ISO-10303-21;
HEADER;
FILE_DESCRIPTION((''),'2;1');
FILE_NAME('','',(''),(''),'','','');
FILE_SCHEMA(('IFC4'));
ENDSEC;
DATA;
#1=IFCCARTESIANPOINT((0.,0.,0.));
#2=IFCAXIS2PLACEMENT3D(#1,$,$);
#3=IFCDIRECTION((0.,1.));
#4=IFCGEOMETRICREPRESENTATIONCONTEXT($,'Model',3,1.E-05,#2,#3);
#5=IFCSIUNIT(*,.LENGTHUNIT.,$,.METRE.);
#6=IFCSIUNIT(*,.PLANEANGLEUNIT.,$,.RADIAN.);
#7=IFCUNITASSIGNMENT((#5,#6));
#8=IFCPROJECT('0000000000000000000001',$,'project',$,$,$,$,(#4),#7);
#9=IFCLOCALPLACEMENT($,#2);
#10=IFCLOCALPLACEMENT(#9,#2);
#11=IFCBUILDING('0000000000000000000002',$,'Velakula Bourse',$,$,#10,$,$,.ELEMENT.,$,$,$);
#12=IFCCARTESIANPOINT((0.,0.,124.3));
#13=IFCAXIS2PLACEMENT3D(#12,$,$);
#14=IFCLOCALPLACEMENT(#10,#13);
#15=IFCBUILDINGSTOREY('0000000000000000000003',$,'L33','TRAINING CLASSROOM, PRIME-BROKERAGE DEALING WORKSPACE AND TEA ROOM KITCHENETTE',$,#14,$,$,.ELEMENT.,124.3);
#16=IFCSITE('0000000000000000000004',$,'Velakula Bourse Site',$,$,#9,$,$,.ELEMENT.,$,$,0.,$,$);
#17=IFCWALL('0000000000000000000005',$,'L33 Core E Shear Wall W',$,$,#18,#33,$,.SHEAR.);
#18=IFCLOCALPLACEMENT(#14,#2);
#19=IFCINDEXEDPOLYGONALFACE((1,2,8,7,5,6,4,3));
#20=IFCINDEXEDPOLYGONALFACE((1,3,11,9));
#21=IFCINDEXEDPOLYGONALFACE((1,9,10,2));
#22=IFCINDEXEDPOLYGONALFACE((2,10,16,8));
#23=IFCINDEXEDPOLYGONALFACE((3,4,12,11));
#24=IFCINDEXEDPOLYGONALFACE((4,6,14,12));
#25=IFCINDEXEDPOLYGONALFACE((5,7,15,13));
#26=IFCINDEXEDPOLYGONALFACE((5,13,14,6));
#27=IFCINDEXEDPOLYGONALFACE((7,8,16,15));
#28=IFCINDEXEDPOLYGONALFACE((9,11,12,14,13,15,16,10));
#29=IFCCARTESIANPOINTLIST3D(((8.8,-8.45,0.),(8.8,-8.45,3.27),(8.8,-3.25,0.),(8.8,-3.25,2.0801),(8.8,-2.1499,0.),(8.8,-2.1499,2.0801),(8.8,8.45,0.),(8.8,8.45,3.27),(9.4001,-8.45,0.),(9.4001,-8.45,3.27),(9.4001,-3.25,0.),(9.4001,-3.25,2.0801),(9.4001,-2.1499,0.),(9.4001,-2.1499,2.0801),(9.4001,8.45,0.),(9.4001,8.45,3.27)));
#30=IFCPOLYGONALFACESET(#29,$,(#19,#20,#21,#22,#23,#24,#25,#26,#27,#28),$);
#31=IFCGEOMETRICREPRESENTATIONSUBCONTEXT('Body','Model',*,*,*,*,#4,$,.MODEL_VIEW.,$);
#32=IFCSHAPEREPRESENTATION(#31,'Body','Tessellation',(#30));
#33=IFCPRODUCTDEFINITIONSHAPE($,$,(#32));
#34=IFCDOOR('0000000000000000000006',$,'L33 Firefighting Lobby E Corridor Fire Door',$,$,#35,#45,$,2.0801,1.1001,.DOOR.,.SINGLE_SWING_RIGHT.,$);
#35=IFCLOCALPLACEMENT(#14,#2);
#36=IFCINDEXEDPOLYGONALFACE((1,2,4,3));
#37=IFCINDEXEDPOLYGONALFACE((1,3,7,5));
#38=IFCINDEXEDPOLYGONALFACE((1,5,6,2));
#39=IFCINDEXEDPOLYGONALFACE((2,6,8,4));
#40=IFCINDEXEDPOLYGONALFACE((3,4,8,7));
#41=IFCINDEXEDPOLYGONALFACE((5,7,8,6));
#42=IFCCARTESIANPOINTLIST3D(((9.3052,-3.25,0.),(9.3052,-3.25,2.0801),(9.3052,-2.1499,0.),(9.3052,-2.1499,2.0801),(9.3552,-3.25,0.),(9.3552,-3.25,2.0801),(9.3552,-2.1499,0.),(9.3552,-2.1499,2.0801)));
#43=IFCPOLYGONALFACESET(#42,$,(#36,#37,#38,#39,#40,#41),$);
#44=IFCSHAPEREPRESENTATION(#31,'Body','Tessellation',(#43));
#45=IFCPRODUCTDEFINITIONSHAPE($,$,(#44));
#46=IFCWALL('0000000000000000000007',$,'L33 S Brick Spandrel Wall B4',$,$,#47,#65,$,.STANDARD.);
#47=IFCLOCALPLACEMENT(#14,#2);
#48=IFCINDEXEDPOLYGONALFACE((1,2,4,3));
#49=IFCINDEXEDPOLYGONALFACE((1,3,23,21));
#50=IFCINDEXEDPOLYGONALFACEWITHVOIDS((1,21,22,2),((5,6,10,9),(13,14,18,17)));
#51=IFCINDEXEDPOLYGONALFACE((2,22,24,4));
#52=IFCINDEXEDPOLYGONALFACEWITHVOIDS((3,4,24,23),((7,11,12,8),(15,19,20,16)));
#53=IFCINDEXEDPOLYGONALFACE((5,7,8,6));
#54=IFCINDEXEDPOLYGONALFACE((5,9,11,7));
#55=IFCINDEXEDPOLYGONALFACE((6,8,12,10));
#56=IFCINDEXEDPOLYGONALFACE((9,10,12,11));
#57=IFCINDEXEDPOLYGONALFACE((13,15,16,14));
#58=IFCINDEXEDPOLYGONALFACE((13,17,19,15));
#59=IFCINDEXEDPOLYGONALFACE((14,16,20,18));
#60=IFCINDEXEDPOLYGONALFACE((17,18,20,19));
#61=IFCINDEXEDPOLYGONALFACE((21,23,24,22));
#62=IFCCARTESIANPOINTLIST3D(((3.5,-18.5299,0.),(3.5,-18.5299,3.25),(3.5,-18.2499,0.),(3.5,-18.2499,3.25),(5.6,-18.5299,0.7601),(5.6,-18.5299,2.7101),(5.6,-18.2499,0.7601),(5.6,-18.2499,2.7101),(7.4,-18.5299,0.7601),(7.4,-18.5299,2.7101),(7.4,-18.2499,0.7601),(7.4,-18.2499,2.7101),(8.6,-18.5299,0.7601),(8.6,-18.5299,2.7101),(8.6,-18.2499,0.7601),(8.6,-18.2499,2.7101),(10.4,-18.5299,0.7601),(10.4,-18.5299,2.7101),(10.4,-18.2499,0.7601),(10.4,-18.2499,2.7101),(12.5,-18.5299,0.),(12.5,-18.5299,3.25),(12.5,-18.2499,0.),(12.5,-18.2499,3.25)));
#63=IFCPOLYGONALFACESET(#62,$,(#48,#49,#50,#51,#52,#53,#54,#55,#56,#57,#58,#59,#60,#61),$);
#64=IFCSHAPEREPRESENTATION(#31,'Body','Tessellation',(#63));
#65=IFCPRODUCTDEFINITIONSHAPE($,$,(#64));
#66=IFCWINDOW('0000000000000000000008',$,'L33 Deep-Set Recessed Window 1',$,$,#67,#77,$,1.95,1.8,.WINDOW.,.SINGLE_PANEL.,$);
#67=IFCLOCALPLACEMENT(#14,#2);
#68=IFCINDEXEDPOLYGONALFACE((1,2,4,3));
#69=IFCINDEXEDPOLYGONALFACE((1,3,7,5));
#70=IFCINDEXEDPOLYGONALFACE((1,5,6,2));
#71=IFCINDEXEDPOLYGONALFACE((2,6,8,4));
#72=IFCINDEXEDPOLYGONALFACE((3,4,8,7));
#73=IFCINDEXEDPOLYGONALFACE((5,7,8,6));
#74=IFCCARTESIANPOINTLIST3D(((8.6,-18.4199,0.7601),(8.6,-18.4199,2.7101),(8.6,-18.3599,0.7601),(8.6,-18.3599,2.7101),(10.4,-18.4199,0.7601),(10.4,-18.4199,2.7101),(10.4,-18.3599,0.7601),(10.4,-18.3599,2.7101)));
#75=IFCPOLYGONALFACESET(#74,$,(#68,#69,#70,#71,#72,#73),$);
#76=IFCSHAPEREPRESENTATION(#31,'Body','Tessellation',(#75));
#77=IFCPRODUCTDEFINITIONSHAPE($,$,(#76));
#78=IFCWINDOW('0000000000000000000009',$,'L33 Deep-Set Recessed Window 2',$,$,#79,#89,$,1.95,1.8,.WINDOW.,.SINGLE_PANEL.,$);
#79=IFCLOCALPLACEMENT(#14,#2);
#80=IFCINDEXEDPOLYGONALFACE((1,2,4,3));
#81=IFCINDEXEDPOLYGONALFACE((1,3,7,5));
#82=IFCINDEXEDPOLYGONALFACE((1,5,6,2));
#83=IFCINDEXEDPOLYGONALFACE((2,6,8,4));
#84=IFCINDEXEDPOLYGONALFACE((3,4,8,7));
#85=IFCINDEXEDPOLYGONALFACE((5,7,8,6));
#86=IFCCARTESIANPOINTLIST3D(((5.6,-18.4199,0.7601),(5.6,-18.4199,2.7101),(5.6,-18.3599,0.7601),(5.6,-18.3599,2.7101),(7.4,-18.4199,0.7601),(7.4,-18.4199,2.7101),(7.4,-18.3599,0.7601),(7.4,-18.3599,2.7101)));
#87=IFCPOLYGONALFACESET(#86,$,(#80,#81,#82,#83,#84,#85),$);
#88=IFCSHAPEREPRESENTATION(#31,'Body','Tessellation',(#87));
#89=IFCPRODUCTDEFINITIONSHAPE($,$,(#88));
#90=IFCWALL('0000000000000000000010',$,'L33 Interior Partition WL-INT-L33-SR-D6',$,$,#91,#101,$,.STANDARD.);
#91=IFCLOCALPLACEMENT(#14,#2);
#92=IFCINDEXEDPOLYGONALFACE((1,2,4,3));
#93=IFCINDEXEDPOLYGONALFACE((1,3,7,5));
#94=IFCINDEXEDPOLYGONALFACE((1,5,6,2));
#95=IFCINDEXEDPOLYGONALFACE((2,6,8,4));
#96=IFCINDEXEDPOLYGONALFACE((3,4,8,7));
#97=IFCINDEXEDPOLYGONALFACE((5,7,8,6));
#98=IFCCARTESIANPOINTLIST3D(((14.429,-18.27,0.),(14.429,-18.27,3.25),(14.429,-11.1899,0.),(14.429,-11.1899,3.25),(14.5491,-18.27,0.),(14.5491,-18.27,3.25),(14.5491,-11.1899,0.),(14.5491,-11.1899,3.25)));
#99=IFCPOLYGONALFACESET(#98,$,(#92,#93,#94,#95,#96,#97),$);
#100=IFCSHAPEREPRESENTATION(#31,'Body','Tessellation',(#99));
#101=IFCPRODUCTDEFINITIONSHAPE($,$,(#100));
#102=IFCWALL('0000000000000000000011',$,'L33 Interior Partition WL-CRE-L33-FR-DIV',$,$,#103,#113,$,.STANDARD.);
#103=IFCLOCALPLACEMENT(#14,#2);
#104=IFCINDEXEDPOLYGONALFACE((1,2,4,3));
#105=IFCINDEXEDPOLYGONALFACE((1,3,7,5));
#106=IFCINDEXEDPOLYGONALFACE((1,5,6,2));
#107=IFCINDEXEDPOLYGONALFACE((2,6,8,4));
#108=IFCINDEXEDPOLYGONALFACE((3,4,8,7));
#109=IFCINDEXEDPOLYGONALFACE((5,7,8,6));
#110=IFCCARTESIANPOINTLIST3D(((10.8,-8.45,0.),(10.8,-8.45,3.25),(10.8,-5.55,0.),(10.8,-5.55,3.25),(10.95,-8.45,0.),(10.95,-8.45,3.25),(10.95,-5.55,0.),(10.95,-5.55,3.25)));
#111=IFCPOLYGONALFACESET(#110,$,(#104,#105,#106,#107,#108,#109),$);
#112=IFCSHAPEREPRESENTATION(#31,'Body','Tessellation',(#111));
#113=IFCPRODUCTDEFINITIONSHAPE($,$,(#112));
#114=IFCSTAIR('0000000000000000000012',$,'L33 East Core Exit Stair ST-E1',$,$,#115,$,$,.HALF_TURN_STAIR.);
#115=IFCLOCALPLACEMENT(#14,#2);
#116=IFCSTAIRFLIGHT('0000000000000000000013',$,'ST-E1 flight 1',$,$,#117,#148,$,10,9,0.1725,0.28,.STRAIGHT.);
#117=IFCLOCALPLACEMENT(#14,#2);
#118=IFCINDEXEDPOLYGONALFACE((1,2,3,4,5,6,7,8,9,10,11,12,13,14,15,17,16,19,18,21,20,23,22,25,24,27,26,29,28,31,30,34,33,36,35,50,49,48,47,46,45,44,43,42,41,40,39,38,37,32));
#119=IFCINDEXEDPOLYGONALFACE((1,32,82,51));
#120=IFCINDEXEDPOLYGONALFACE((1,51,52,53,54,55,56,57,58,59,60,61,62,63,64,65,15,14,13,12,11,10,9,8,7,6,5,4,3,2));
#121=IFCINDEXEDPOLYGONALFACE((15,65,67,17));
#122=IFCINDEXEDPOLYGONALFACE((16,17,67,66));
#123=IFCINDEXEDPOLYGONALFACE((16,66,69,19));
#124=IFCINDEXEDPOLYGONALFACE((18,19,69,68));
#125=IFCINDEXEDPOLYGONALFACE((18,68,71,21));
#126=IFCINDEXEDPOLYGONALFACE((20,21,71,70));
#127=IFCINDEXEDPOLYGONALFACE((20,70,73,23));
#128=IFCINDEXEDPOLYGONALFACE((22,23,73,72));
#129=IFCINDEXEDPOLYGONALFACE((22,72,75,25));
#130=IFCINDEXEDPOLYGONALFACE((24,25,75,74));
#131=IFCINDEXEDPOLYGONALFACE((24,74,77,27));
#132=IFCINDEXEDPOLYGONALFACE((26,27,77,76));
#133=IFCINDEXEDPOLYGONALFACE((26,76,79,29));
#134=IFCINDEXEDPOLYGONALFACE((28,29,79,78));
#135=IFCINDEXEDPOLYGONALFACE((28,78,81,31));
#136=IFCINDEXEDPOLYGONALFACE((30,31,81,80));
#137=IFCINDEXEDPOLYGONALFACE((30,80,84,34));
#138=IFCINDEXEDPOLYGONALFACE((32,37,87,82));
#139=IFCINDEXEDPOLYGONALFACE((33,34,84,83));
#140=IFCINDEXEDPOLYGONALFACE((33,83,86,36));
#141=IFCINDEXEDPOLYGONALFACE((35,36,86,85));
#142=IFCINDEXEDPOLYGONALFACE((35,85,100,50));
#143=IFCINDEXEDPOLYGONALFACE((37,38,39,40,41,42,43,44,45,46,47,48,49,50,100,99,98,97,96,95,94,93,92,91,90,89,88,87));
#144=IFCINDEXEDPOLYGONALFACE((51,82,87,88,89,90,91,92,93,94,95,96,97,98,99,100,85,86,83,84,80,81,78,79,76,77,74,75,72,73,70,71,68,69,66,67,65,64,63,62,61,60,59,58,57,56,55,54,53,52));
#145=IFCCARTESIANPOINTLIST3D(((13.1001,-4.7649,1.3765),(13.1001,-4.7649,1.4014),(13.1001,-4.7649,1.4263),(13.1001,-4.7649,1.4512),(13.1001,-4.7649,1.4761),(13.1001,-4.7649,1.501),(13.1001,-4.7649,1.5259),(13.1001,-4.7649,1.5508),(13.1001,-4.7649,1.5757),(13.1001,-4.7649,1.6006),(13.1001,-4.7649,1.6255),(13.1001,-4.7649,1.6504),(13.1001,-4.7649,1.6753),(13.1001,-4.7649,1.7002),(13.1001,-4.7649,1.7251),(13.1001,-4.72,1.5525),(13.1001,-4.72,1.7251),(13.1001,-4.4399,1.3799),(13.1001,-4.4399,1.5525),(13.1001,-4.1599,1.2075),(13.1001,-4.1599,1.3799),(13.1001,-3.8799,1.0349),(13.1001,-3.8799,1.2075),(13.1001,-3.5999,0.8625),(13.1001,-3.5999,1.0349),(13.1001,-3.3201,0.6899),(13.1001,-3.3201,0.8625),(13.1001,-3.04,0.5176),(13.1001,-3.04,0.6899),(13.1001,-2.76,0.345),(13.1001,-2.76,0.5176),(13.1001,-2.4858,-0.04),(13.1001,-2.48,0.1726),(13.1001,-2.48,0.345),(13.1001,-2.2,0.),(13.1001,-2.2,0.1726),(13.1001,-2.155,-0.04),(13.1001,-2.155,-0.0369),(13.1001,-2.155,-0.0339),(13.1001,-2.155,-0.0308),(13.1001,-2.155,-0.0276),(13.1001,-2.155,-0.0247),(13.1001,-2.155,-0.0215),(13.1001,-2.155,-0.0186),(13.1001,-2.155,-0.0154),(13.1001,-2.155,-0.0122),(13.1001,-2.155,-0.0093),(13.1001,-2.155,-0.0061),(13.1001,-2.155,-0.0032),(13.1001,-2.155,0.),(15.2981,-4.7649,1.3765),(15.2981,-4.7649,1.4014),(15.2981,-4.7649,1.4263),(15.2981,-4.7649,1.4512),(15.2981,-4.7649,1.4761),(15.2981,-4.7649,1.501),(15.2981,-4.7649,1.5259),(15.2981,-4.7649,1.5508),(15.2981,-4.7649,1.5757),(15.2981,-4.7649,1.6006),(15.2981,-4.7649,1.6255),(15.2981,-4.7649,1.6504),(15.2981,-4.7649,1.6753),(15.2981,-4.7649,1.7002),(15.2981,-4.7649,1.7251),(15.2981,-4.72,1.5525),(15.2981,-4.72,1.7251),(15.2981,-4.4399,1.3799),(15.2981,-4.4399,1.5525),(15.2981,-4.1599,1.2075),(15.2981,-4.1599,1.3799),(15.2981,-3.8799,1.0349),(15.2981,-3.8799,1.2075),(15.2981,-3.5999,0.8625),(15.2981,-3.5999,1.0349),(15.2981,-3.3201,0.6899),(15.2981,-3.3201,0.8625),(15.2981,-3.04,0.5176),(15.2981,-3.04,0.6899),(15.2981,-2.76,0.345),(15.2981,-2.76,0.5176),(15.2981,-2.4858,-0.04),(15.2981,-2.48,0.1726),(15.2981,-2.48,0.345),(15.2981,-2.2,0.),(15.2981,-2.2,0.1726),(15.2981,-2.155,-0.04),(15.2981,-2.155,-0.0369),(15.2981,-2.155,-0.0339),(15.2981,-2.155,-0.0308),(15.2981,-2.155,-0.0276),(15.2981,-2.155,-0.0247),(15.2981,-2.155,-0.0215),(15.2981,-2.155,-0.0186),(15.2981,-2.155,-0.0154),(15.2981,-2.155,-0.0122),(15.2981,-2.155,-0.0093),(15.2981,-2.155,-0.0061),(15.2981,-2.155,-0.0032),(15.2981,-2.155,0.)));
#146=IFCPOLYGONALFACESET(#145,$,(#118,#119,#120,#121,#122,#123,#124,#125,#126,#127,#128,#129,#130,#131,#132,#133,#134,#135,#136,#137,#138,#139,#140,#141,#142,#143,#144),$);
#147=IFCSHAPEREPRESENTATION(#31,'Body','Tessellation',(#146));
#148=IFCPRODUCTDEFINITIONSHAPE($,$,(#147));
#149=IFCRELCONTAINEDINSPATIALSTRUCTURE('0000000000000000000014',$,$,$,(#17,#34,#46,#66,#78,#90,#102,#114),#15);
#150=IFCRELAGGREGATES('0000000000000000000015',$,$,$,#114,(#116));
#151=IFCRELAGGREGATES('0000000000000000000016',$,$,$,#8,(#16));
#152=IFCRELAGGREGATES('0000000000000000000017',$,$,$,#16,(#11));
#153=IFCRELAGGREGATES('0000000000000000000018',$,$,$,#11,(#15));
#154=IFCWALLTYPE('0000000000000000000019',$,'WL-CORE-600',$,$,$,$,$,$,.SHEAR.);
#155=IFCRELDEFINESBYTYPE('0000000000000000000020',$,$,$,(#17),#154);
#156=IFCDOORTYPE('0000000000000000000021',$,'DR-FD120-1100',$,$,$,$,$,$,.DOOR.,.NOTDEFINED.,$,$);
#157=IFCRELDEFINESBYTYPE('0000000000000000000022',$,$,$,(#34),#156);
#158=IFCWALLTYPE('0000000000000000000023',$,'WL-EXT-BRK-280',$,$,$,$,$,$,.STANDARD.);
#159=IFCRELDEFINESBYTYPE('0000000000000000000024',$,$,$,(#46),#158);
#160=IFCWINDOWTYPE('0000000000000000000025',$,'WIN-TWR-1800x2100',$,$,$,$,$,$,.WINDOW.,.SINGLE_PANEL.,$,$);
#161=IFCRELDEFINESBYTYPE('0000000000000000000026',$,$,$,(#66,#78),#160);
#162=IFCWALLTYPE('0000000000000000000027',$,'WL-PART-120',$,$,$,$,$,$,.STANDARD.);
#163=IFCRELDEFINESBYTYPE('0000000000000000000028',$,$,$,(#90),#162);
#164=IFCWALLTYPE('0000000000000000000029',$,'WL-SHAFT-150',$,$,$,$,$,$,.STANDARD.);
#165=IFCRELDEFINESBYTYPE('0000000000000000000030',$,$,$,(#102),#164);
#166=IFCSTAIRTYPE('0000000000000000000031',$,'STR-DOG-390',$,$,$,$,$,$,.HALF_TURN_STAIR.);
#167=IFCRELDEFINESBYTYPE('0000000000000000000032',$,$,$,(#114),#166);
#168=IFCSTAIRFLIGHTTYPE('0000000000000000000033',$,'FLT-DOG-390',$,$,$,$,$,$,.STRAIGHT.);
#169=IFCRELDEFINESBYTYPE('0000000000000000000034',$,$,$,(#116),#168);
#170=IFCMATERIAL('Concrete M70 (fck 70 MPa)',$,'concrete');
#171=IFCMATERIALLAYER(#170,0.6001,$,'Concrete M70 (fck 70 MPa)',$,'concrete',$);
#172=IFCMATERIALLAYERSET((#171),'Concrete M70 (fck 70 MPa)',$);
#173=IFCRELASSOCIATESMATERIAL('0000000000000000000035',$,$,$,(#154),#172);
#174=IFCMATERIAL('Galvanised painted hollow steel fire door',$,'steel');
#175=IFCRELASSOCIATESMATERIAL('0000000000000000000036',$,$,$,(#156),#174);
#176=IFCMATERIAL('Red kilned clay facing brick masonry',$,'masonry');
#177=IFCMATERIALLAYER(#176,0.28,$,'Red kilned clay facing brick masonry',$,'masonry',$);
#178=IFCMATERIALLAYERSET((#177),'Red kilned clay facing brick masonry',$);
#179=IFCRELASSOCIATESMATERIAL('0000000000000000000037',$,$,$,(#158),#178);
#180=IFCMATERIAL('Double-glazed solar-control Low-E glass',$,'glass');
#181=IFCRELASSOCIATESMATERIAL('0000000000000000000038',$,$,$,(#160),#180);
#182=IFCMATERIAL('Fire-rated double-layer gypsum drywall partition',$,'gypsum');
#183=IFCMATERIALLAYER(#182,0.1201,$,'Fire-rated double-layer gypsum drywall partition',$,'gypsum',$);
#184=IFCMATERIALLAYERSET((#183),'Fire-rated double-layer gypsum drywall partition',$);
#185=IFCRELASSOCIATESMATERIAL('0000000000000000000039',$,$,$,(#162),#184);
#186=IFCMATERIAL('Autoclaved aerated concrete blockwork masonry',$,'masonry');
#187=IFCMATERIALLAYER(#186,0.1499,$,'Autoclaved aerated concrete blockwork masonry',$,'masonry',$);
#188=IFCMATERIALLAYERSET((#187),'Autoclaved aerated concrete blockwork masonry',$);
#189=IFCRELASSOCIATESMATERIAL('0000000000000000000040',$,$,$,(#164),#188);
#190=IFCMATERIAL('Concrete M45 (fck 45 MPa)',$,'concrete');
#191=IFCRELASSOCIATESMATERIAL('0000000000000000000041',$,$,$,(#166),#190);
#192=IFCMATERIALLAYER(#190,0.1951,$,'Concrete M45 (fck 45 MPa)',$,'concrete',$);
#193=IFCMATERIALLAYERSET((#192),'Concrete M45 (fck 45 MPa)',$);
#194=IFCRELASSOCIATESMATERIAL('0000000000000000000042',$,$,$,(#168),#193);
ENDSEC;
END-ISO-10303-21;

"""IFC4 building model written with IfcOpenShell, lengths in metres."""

from ifc_helpers import new_model, si_unit, direction, frame, frame_2d, origin, place, context, subcontext, project, spatial, polyline, rectangle, outline, extrude, material, layer, layer_set, type_object, element, fill, aggregate, save


model = new_model("IFC4")

# Units and contexts
model_context = context("Model", 3, precision=1e-05, world=origin(), true_north=direction((0.0, 1.0)))
body_context = subcontext(model_context, "Body", "Model", "MODEL_VIEW")
ifc_project = project(units=[si_unit("LENGTHUNIT", "METRE"), si_unit("PLANEANGLEUNIT", "RADIAN")], contexts=[model_context])

# Site, building, storey
site_placement = place(None, origin())
site = spatial("IfcSite", under=ifc_project, at=site_placement, Name="Velakula Bourse Site", CompositionType="ELEMENT", RefElevation=0.0)
building_placement = place(site_placement, origin())
building = spatial("IfcBuilding", under=site, at=building_placement, Name="Velakula Bourse", CompositionType="ELEMENT")
storey_placement = place(building_placement, frame((0.0, 0.0, 124.3)))
storey = spatial("IfcBuildingStorey", under=building, at=storey_placement, Name="L33", Description="TRAINING CLASSROOM, PRIME-BROKERAGE DEALING WORKSPACE AND TEA ROOM KITCHENETTE", CompositionType="ELEMENT", Elevation=124.3)

# Shared definitions
ifc_material_1 = material(Name="Galvanised painted hollow steel fire door", Category="steel")

# Wall, opening, door
ifc_material_2 = material(Name="Concrete M70 (fck 70 MPa)", Category="concrete")
ifc_layer_1 = layer(ifc_material_2, 0.6001, Name="Concrete M70 (fck 70 MPa)", Category="concrete")
ifc_layer_set_1 = layer_set([ifc_layer_1], Name="Concrete M70 (fck 70 MPa)")
wall_type_1 = type_object("IfcWallType", Name="WL-CORE-600", PredefinedType="SHEAR", material=ifc_layer_set_1)
wall_1_placement = place(storey_placement, frame((9.1001, -8.45, 0.0), z_axis=(0.0, 0.0, 1.0), x_axis=(0.0, 1.0, 0.0)))
wall_1 = element("IfcWall", 1, at=wall_1_placement, inside=storey, type_object=wall_type_1, Name="L33 Core E Shear Wall W", PredefinedType="SHEAR", context=body_context, shape_type="SweptSolid", body=[
    extrude(rectangle(XDim=16.8999, YDim=0.6001, at=frame_2d((8.45, 0.0))), origin(), (0.0, 0.0, 1.0), 3.27),
])
opening_1_placement = place(wall_1_placement, frame((5.2, 0.0, 0.0)))
opening_1 = element("IfcOpeningElement", 2, at=opening_1_placement, cuts=wall_1, PredefinedType="OPENING", context=body_context, shape_type="SweptSolid", body=[
    extrude(rectangle(XDim=1.1001, YDim=2.0801, at=frame_2d((0.55, 1.04))), frame((0.0, 0.3101, 0.0), z_axis=(0.0, -1.0, 0.0), x_axis=(1.0, 0.0, 0.0)), (0.0, 0.0, 1.0), 0.6201),
])
door_type_1 = type_object("IfcDoorType", Name="DR-FD120-1100", OperationType="NOTDEFINED", PredefinedType="DOOR", material=ifc_material_1)
door_1_placement = place(opening_1_placement, origin())
door_1 = element("IfcDoor", 3, at=door_1_placement, inside=storey, type_object=door_type_1, Name="L33 Firefighting Lobby E Corridor Fire Door", OperationType="SINGLE_SWING_RIGHT", OverallHeight=2.0801, OverallWidth=1.1001, PredefinedType="DOOR", context=body_context, shape_type="SweptSolid", body=[
    extrude(rectangle(XDim=1.1001, YDim=2.0801, at=frame_2d((0.55, 1.04))), frame((0.0, -0.2051, 0.0), z_axis=(0.0, -1.0, 0.0), x_axis=(1.0, 0.0, 0.0)), (0.0, 0.0, 1.0), 0.05),
])
fill(opening_1, door_1)

# Wall, openings, windows
ifc_material_3 = material(Name="Red kilned clay facing brick masonry", Category="masonry")
ifc_layer_2 = layer(ifc_material_3, 0.28, Name="Red kilned clay facing brick masonry", Category="masonry")
ifc_layer_set_2 = layer_set([ifc_layer_2], Name="Red kilned clay facing brick masonry")
wall_type_2 = type_object("IfcWallType", Name="WL-EXT-BRK-280", PredefinedType="STANDARD", material=ifc_layer_set_2)
wall_2_placement = place(storey_placement, frame((12.5, -18.3899, 0.0), z_axis=(0.0, 0.0, 1.0), x_axis=(-1.0, 0.0, 0.0)))
wall_2 = element("IfcWall", 4, at=wall_2_placement, inside=storey, type_object=wall_type_2, Name="L33 S Brick Spandrel Wall B4", PredefinedType="STANDARD", context=body_context, shape_type="SweptSolid", body=[
    extrude(rectangle(XDim=9.0, YDim=0.28, at=frame_2d((4.5, 0.0))), origin(), (0.0, 0.0, 1.0), 3.25),
])
opening_2_placement = place(wall_2_placement, frame((2.1001, 0.0, 0.76)))
opening_2 = element("IfcOpeningElement", 5, at=opening_2_placement, cuts=wall_2, PredefinedType="OPENING", context=body_context, shape_type="SweptSolid", body=[
    extrude(rectangle(XDim=1.8, YDim=1.95, at=frame_2d((0.8999, 0.9751))), frame((0.0, 0.1499, 0.0), z_axis=(0.0, -1.0, 0.0), x_axis=(1.0, 0.0, 0.0)), (0.0, 0.0, 1.0), 0.3),
])
opening_3_placement = place(wall_2_placement, frame((5.1001, 0.0, 0.76)))
opening_3 = element("IfcOpeningElement", 6, at=opening_3_placement, cuts=wall_2, PredefinedType="OPENING", context=body_context, shape_type="SweptSolid", body=[
    extrude(rectangle(XDim=1.8, YDim=1.95, at=frame_2d((0.8999, 0.9751))), frame((0.0, 0.1499, 0.0), z_axis=(0.0, -1.0, 0.0), x_axis=(1.0, 0.0, 0.0)), (0.0, 0.0, 1.0), 0.3),
])
ifc_material_4 = material(Name="Double-glazed solar-control Low-E glass", Category="glass")
window_type = type_object("IfcWindowType", Name="WIN-TWR-1800x2100", PartitioningType="SINGLE_PANEL", PredefinedType="WINDOW", material=ifc_material_4)
window_1_placement = place(opening_2_placement, origin())
window_1 = element("IfcWindow", 7, at=window_1_placement, inside=storey, type_object=window_type, Name="L33 Deep-Set Recessed Window 1", OverallHeight=1.95, OverallWidth=1.8, PartitioningType="SINGLE_PANEL", PredefinedType="WINDOW", context=body_context, shape_type="SweptSolid", body=[
    extrude(rectangle(XDim=1.8, YDim=1.95, at=frame_2d((0.8999, 0.9751))), frame((0.0, 0.03, 0.0), z_axis=(0.0, -1.0, 0.0), x_axis=(1.0, 0.0, 0.0)), (0.0, 0.0, 1.0), 0.0601),
])
fill(opening_2, window_1)
window_2_placement = place(opening_3_placement, origin())
window_2 = element("IfcWindow", 8, at=window_2_placement, inside=storey, type_object=window_type, Name="L33 Deep-Set Recessed Window 2", OverallHeight=1.95, OverallWidth=1.8, PartitioningType="SINGLE_PANEL", PredefinedType="WINDOW", context=body_context, shape_type="SweptSolid", body=[
    extrude(rectangle(XDim=1.8, YDim=1.95, at=frame_2d((0.8999, 0.9751))), frame((0.0, 0.03, 0.0), z_axis=(0.0, -1.0, 0.0), x_axis=(1.0, 0.0, 0.0)), (0.0, 0.0, 1.0), 0.0601),
])
fill(opening_3, window_2)

# Wall
ifc_material_5 = material(Name="Fire-rated double-layer gypsum drywall partition", Category="gypsum")
ifc_layer_3 = layer(ifc_material_5, 0.1201, Name="Fire-rated double-layer gypsum drywall partition", Category="gypsum")
ifc_layer_set_3 = layer_set([ifc_layer_3], Name="Fire-rated double-layer gypsum drywall partition")
wall_type_3 = type_object("IfcWallType", Name="WL-PART-120", PredefinedType="STANDARD", material=ifc_layer_set_3)
wall_3_placement = place(storey_placement, frame((14.489, -18.27, 0.0), z_axis=(0.0, 0.0, 1.0), x_axis=(0.0, 1.0, 0.0)))
element("IfcWall", 9, at=wall_3_placement, inside=storey, type_object=wall_type_3, Name="L33 Interior Partition WL-INT-L33-SR-D6", PredefinedType="STANDARD", context=body_context, shape_type="SweptSolid", body=[
    extrude(rectangle(XDim=7.0801, YDim=0.1201, at=frame_2d((3.54, 0.0))), origin(), (0.0, 0.0, 1.0), 3.25),
])

# Shared definitions
ifc_material_6 = material(Name="Autoclaved aerated concrete blockwork masonry", Category="masonry")
ifc_layer_4 = layer(ifc_material_6, 0.1499, Name="Autoclaved aerated concrete blockwork masonry", Category="masonry")
ifc_layer_set_4 = layer_set([ifc_layer_4], Name="Autoclaved aerated concrete blockwork masonry")
wall_type_4 = type_object("IfcWallType", Name="WL-SHAFT-150", PredefinedType="STANDARD", material=ifc_layer_set_4)

# Wall
wall_4_placement = place(storey_placement, frame((10.875, -8.45, 0.0), z_axis=(0.0, 0.0, 1.0), x_axis=(0.0, 1.0, 0.0)))
element("IfcWall", 10, at=wall_4_placement, inside=storey, type_object=wall_type_4, Name="L33 Interior Partition WL-CRE-L33-FR-DIV", PredefinedType="STANDARD", context=body_context, shape_type="SweptSolid", body=[
    extrude(rectangle(XDim=2.8999, YDim=0.1499, at=frame_2d((1.45, 0.0))), origin(), (0.0, 0.0, 1.0), 3.25),
])

# Stair, stair flight
ifc_material_7 = material(Name="Concrete M45 (fck 45 MPa)", Category="concrete")
stair_type = type_object("IfcStairType", Name="STR-DOG-390", PredefinedType="HALF_TURN_STAIR", material=ifc_material_7)
stair_placement = place(storey_placement, origin())
stair = element("IfcStair", 11, at=stair_placement, inside=storey, type_object=stair_type, Name="L33 East Core Exit Stair ST-E1", PredefinedType="HALF_TURN_STAIR")
ifc_layer_5 = layer(ifc_material_7, 0.1951, Name="Concrete M45 (fck 45 MPa)", Category="concrete")
ifc_layer_set_5 = layer_set([ifc_layer_5], Name="Concrete M45 (fck 45 MPa)")
stair_flight_type = type_object("IfcStairFlightType", Name="FLT-DOG-390", PredefinedType="STRAIGHT", material=ifc_layer_set_5)
stair_flight_1_placement = place(storey_placement, frame((14.199, -2.2, 0.0), z_axis=(0.0, 0.0, 1.0), x_axis=(0.0, -1.0, 0.0)))
stair_flight_1 = element("IfcStairFlight", 12, at=stair_flight_1_placement, type_object=stair_flight_type, Name="ST-E1 flight 1", NumberOfRisers=10, NumberOfTreads=9, PredefinedType="STRAIGHT", RiserHeight=0.1725, TreadLength=0.28, context=body_context, shape_type="SweptSolid", body=[
    extrude(outline(polyline([(-0.0449, -0.04), (-0.0449, -0.0369), (-0.0449, -0.0339), (-0.0449, -0.0308), (-0.0449, -0.0276), (-0.0449, -0.0247), (-0.0449, -0.0215), (-0.0449, -0.0186), (-0.0449, -0.0154), (-0.0449, -0.0122), (-0.0449, -0.0093), (-0.0449, -0.0061), (-0.0449, -0.0032), (-0.0449, 0.0), (0.0, 0.0), (0.0, 0.1726), (0.28, 0.1726), (0.28, 0.345), (0.5601, 0.345), (0.5601, 0.5176), (0.8401, 0.5176), (0.8401, 0.6899), (1.1201, 0.6899), (1.1201, 0.8625), (1.3999, 0.8625), (1.3999, 1.0349), (1.6799, 1.0349), (1.6799, 1.2075), (1.96, 1.2075), (1.96, 1.3799), (2.24, 1.3799), (2.24, 1.5525), (2.52, 1.5525), (2.52, 1.7251), (2.5649, 1.7251), (2.5649, 1.7002), (2.5649, 1.6753), (2.5649, 1.6504), (2.5649, 1.6255), (2.5649, 1.6006), (2.5649, 1.5757), (2.5649, 1.5508), (2.5649, 1.5259), (2.5649, 1.501), (2.5649, 1.4761), (2.5649, 1.4512), (2.5649, 1.4263), (2.5649, 1.4014), (2.5649, 1.3765), (0.2859, -0.04), (-0.0449, -0.04)])), frame((0.0, 1.0991, 0.0), z_axis=(0.0, -1.0, 0.0), x_axis=(1.0, 0.0, 0.0)), (0.0, 0.0, 1.0), 2.198),
])
aggregate(stair, [stair_flight_1])

save(model, "model.ifc")
